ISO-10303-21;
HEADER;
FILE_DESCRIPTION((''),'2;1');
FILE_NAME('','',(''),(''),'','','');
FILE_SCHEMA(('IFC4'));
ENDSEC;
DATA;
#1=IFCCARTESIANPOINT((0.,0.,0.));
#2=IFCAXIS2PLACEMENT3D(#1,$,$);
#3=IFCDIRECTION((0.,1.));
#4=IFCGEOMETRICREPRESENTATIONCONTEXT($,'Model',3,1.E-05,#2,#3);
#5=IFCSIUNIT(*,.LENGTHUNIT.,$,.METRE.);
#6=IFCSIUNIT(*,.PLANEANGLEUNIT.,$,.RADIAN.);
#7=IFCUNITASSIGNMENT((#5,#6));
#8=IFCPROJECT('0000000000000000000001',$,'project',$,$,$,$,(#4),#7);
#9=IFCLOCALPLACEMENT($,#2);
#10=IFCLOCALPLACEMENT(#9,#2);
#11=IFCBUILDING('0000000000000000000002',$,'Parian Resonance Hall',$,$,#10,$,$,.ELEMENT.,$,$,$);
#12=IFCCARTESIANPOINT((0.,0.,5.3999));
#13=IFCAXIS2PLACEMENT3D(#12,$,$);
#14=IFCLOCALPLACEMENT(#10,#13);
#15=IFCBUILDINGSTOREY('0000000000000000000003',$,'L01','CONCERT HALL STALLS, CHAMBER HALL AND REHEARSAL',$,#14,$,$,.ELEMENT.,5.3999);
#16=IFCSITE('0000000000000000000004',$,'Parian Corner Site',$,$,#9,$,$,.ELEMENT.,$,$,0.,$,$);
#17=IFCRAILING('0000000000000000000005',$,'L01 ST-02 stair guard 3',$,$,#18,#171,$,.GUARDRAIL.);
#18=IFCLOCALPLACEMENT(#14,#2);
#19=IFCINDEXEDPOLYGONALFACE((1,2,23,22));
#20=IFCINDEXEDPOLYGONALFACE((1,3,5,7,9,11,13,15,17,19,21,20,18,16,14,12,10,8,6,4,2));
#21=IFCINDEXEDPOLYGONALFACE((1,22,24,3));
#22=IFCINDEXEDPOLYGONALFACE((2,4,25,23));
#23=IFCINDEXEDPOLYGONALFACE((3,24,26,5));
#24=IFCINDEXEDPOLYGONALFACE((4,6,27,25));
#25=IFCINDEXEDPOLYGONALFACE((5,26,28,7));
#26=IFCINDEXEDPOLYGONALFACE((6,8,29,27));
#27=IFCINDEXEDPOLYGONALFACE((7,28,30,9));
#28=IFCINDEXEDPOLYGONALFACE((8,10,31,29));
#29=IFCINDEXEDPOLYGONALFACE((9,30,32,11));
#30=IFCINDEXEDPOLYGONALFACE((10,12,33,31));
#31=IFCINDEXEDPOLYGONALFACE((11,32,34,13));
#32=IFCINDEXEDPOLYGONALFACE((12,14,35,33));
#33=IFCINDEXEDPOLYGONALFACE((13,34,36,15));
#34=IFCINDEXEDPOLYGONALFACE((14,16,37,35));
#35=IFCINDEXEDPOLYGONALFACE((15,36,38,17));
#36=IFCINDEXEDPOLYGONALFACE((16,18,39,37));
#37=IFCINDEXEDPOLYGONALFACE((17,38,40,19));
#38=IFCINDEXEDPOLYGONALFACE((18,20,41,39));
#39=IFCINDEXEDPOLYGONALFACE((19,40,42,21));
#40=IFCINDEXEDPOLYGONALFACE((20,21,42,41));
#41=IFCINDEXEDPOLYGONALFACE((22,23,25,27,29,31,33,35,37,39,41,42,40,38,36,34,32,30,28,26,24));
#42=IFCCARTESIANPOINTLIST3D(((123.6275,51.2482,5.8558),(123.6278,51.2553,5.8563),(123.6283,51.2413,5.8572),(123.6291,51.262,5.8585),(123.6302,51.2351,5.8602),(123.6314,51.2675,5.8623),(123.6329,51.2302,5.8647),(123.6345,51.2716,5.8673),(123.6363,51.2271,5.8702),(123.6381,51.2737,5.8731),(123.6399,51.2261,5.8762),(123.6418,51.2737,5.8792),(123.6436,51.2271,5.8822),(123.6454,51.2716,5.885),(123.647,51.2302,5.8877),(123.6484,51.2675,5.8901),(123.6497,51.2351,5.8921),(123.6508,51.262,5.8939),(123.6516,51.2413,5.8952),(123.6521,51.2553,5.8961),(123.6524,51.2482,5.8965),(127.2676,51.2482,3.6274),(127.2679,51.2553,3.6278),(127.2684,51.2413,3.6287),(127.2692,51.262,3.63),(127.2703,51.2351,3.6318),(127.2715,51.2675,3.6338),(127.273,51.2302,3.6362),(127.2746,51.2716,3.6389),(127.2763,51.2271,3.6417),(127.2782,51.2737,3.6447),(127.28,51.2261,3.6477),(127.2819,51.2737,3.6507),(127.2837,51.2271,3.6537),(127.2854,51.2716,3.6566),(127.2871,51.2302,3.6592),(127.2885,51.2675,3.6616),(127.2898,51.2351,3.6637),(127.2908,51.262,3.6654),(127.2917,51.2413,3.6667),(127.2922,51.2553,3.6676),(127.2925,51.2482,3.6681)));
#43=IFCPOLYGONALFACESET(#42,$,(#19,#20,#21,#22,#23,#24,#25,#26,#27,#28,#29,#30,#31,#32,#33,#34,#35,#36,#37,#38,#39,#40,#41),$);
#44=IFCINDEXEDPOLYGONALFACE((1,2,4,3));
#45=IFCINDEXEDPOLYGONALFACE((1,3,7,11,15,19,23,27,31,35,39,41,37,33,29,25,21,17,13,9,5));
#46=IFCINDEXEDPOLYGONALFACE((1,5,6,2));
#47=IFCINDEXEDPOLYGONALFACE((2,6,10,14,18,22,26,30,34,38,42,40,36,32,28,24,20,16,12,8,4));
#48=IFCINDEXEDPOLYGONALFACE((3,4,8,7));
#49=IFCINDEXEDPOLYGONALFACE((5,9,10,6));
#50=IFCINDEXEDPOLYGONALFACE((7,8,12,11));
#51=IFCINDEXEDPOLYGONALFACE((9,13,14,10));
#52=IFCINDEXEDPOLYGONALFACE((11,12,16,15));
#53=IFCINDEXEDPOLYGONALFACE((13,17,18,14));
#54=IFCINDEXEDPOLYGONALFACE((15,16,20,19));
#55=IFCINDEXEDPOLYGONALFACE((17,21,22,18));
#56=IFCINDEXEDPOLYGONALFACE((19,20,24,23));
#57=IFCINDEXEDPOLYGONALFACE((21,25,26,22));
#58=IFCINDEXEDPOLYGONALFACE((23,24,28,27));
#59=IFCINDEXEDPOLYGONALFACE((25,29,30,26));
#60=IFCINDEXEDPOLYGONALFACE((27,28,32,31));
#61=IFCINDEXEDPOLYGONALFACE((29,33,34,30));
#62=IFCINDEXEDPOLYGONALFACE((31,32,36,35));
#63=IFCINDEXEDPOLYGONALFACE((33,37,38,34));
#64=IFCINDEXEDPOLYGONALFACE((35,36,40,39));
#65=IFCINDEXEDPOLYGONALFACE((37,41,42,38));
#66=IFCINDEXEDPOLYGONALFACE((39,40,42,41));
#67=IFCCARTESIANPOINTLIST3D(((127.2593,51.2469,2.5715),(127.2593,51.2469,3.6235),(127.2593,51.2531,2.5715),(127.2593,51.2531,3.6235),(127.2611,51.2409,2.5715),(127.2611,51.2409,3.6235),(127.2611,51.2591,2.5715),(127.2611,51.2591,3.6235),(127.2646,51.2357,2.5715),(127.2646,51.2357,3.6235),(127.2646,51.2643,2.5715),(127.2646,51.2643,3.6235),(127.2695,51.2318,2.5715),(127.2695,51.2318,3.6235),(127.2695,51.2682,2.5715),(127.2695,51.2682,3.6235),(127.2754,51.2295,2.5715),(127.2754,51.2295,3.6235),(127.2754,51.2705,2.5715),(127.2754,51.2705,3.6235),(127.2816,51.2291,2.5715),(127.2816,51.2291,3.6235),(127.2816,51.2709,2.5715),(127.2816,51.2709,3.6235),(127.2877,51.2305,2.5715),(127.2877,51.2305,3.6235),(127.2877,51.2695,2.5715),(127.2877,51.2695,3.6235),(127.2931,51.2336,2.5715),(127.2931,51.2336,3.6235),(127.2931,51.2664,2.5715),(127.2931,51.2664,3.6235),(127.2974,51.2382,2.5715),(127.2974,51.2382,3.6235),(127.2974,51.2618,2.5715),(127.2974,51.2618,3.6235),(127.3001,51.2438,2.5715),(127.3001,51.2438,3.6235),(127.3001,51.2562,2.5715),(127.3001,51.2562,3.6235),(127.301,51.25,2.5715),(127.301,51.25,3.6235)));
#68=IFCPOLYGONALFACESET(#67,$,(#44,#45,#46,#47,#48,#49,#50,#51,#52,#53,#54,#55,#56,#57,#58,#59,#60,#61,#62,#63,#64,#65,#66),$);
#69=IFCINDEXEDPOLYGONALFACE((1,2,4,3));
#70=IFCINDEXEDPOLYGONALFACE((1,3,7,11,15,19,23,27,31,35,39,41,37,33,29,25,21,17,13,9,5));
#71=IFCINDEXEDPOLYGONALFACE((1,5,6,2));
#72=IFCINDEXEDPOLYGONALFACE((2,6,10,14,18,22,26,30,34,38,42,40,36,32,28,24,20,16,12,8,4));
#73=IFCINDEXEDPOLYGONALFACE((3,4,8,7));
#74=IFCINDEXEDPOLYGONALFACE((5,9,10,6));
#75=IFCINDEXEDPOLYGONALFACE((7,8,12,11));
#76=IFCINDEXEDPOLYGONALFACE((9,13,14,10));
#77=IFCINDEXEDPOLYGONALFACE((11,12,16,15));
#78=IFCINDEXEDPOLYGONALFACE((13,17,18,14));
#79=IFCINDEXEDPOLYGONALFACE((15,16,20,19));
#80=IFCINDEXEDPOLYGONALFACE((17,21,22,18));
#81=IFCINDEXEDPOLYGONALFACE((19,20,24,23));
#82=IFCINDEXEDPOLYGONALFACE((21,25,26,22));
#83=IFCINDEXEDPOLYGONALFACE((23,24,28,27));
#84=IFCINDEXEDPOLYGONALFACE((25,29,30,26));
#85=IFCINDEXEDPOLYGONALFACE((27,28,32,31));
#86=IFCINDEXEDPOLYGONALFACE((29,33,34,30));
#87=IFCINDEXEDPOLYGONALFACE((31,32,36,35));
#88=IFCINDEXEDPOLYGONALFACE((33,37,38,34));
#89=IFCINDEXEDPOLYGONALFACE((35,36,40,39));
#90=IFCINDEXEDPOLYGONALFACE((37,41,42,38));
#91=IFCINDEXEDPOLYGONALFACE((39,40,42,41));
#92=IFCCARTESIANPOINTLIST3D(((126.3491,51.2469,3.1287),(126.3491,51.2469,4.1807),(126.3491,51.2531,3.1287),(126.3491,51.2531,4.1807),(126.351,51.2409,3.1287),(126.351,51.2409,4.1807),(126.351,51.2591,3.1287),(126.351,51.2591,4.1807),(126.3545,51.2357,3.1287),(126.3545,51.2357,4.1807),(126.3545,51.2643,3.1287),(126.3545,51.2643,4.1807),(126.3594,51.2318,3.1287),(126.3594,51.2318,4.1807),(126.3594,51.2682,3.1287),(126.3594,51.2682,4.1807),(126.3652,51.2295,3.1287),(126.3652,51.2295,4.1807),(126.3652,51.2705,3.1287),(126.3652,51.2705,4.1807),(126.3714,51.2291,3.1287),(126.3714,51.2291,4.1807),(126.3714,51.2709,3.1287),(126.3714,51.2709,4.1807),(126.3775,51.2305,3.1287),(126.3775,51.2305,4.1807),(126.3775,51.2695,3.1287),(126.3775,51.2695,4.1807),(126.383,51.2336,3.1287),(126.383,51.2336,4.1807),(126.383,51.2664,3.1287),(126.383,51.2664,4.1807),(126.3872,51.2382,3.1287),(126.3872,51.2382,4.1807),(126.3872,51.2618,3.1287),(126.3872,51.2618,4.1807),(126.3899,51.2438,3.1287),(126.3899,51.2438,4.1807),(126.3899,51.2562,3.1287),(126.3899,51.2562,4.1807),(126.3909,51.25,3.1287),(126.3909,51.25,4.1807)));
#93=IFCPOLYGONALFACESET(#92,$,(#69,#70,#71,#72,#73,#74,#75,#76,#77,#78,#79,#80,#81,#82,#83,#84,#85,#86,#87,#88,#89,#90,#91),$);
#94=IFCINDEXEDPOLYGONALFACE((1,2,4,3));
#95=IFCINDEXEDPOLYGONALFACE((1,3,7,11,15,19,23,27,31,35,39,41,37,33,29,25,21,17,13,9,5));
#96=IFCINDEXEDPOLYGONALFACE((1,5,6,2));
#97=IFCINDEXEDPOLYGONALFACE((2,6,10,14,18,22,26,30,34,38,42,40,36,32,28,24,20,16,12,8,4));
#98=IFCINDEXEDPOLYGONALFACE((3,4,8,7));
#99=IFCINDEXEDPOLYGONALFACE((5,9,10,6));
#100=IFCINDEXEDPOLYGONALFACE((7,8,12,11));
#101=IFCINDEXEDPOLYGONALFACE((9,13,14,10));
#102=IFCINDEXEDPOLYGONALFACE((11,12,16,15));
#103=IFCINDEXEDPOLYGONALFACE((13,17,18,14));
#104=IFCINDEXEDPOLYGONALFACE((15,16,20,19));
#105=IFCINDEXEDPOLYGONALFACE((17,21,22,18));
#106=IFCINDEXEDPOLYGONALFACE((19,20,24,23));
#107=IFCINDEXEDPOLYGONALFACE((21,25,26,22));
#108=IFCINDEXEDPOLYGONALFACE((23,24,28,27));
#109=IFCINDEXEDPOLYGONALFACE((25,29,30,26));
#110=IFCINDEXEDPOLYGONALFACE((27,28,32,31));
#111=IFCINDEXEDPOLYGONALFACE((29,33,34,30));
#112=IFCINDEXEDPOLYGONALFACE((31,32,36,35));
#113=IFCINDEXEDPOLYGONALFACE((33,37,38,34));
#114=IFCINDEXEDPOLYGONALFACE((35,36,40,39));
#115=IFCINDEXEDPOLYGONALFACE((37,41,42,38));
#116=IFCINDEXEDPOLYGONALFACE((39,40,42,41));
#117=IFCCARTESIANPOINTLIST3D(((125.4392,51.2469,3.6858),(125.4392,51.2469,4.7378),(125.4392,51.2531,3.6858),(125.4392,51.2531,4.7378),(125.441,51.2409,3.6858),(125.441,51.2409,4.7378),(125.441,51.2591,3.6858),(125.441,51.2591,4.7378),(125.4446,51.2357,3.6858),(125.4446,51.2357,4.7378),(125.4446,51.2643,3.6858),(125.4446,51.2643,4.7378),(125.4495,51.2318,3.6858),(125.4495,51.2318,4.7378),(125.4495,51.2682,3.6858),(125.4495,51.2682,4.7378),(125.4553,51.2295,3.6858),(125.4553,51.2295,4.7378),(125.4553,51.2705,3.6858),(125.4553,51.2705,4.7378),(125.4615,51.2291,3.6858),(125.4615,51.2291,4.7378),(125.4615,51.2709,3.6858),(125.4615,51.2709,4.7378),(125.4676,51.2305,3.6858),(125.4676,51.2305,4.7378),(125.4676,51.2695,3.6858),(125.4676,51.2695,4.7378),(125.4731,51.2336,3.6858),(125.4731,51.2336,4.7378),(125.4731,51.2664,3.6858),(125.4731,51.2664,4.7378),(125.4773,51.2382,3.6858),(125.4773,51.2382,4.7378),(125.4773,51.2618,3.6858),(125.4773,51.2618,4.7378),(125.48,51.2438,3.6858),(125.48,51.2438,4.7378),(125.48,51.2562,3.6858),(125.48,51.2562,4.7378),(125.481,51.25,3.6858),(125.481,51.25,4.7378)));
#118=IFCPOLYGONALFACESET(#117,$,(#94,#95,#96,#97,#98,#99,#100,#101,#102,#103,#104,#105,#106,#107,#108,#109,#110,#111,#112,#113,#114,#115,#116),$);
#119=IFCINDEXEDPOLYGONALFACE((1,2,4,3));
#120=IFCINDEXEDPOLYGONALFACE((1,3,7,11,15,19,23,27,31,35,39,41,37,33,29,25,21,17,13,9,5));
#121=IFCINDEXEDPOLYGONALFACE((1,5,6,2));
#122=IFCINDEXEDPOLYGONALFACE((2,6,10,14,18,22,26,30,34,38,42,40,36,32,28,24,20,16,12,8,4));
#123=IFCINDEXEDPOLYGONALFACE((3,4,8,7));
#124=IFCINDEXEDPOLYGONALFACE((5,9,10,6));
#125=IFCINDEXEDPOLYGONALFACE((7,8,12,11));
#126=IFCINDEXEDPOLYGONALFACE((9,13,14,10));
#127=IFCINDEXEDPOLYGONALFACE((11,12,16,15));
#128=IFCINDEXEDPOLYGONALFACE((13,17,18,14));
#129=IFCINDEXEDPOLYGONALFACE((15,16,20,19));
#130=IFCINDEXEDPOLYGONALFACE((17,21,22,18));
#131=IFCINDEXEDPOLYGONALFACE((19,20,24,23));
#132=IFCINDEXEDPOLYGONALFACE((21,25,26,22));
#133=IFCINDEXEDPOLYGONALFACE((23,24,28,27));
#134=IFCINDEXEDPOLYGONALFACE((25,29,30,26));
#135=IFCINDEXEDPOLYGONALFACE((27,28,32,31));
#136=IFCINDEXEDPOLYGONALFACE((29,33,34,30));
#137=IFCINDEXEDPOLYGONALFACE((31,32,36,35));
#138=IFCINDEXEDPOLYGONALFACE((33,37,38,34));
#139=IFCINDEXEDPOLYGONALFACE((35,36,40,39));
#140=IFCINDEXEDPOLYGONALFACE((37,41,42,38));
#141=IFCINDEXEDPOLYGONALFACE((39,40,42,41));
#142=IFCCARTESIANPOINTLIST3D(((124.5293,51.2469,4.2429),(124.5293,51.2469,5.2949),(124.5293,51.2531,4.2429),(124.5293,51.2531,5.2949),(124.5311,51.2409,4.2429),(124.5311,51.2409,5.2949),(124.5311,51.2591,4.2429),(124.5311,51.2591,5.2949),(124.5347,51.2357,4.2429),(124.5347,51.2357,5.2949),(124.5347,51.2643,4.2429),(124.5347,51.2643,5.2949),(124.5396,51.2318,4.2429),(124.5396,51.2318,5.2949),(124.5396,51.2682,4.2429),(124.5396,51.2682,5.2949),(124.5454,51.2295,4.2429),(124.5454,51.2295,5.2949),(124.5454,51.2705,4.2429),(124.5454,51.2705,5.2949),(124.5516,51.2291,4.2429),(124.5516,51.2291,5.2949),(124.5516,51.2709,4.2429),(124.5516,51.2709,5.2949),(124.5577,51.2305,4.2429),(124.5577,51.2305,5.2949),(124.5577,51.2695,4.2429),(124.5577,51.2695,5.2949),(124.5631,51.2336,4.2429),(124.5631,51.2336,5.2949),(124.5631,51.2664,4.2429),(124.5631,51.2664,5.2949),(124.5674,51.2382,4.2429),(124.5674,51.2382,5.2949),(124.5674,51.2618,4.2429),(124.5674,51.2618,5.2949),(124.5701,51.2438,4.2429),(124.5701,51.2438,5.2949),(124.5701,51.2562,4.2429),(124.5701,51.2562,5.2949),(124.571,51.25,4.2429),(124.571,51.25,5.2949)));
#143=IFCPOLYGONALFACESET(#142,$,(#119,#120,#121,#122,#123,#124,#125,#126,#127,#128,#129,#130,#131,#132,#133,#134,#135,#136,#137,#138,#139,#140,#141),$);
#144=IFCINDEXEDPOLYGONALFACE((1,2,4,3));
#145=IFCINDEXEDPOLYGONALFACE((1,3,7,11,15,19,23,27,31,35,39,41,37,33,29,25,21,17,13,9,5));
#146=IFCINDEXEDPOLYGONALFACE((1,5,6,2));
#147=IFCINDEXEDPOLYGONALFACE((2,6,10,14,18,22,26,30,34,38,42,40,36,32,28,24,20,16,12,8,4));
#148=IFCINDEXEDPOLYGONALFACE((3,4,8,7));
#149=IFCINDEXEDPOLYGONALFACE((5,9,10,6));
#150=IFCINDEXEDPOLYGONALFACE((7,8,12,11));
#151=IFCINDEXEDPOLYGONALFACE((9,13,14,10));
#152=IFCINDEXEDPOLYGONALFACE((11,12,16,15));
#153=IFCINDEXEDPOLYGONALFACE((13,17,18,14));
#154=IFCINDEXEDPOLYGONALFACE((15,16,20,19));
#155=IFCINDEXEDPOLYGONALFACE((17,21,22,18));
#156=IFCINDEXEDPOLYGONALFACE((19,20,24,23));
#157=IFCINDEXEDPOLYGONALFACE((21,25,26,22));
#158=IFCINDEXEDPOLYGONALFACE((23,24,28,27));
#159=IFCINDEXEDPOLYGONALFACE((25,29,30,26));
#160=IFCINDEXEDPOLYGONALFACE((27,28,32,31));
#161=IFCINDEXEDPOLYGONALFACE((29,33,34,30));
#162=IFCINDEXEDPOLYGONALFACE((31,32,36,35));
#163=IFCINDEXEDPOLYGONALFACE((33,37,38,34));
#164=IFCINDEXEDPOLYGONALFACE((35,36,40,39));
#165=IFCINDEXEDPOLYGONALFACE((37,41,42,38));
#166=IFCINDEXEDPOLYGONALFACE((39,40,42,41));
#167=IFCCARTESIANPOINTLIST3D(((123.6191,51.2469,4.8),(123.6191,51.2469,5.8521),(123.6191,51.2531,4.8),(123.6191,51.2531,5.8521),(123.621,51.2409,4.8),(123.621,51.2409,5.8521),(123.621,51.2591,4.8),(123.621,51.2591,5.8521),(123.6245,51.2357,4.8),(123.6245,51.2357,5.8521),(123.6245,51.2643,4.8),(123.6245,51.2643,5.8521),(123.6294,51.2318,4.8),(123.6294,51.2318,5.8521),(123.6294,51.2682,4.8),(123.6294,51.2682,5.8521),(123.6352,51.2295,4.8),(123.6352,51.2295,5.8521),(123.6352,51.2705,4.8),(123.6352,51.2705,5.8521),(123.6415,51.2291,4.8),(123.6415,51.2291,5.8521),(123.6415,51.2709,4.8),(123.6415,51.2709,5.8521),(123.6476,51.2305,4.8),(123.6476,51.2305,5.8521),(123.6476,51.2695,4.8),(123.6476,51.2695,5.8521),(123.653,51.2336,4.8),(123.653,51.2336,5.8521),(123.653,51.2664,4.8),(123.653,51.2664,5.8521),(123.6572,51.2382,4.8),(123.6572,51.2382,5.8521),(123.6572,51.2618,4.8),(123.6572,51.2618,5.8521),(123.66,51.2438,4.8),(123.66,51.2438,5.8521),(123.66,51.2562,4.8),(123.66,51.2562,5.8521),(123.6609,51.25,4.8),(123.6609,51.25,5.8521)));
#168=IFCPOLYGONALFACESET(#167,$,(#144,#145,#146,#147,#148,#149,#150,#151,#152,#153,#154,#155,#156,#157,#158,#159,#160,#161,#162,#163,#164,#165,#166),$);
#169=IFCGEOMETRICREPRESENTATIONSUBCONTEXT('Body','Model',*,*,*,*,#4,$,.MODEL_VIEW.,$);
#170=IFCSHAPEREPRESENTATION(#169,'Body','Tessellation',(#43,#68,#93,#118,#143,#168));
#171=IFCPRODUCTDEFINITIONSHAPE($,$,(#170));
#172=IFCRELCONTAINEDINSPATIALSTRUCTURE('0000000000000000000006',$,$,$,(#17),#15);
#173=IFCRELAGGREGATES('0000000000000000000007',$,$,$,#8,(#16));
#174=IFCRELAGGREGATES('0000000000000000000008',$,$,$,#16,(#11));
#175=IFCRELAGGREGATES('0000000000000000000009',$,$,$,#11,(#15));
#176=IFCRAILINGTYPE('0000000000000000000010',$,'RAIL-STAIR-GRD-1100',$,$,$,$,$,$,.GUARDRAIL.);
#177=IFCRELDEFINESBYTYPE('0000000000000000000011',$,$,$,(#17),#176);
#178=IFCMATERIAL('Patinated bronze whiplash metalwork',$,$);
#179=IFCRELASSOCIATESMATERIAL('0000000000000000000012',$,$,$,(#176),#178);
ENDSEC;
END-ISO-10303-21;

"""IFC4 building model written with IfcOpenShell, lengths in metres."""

from ifc_helpers import new_model, si_unit, direction, frame, origin, origin_2d, place, context, subcontext, project, spatial, circle, extrude, material, type_object, element, save


model = new_model("IFC4")

# Units and contexts
model_context = context("Model", 3, precision=1e-05, world=origin(), true_north=direction((0.0, 1.0)))
body_context = subcontext(model_context, "Body", "Model", "MODEL_VIEW")
ifc_project = project(units=[si_unit("LENGTHUNIT", "METRE"), si_unit("PLANEANGLEUNIT", "RADIAN")], contexts=[model_context])

# Site, building, storey
site_placement = place(None, origin())
site = spatial("IfcSite", under=ifc_project, at=site_placement, Name="Parian Corner Site", CompositionType="ELEMENT", RefElevation=0.0)
building_placement = place(site_placement, origin())
building = spatial("IfcBuilding", under=site, at=building_placement, Name="Parian Resonance Hall", CompositionType="ELEMENT")
storey_placement = place(building_placement, frame((0.0, 0.0, 5.3999)))
storey = spatial("IfcBuildingStorey", under=building, at=storey_placement, Name="L01", Description="CONCERT HALL STALLS, CHAMBER HALL AND REHEARSAL", CompositionType="ELEMENT", Elevation=5.3999)

# Railing
ifc_material_1 = material(Name="Patinated bronze whiplash metalwork")
railing_type_1 = type_object("IfcRailingType", Name="RAIL-STAIR-GRD-1100", PredefinedType="GUARDRAIL", material=ifc_material_1)
railing_1_placement = place(storey_placement, frame((127.28, 51.25, 2.5715)))
element("IfcRailing", 1, at=railing_1_placement, inside=storey, type_object=railing_type_1, Name="L01 ST-02 stair guard 3", PredefinedType="GUARDRAIL", context=body_context, shape_type="SweptSolid", body=[
    extrude(circle(Radius=0.0239, at=origin_2d()), frame((0.0, 0.0, 1.0762), z_axis=(-0.852866, 0.0, 0.52213), x_axis=(0.0, -1.0, 0.0)), (0.0, 0.0, 1.0), 4.2681),
    extrude(circle(Radius=0.021, at=origin_2d()), origin(), (0.0, 0.0, 1.0), 1.052),
    extrude(circle(Radius=0.021, at=origin_2d()), frame((-0.9102, 0.0, 0.5571)), (0.0, 0.0, 1.0), 1.052),
    extrude(circle(Radius=0.021, at=origin_2d()), frame((-1.8201, 0.0, 1.1143)), (0.0, 0.0, 1.0), 1.052),
    extrude(circle(Radius=0.021, at=origin_2d()), frame((-2.73, 0.0, 1.6714)), (0.0, 0.0, 1.0), 1.052),
    extrude(circle(Radius=0.021, at=origin_2d()), frame((-3.6401, 0.0, 2.2285)), (0.0, 0.0, 1.0), 1.052),
])

save(model, "model.ifc")
